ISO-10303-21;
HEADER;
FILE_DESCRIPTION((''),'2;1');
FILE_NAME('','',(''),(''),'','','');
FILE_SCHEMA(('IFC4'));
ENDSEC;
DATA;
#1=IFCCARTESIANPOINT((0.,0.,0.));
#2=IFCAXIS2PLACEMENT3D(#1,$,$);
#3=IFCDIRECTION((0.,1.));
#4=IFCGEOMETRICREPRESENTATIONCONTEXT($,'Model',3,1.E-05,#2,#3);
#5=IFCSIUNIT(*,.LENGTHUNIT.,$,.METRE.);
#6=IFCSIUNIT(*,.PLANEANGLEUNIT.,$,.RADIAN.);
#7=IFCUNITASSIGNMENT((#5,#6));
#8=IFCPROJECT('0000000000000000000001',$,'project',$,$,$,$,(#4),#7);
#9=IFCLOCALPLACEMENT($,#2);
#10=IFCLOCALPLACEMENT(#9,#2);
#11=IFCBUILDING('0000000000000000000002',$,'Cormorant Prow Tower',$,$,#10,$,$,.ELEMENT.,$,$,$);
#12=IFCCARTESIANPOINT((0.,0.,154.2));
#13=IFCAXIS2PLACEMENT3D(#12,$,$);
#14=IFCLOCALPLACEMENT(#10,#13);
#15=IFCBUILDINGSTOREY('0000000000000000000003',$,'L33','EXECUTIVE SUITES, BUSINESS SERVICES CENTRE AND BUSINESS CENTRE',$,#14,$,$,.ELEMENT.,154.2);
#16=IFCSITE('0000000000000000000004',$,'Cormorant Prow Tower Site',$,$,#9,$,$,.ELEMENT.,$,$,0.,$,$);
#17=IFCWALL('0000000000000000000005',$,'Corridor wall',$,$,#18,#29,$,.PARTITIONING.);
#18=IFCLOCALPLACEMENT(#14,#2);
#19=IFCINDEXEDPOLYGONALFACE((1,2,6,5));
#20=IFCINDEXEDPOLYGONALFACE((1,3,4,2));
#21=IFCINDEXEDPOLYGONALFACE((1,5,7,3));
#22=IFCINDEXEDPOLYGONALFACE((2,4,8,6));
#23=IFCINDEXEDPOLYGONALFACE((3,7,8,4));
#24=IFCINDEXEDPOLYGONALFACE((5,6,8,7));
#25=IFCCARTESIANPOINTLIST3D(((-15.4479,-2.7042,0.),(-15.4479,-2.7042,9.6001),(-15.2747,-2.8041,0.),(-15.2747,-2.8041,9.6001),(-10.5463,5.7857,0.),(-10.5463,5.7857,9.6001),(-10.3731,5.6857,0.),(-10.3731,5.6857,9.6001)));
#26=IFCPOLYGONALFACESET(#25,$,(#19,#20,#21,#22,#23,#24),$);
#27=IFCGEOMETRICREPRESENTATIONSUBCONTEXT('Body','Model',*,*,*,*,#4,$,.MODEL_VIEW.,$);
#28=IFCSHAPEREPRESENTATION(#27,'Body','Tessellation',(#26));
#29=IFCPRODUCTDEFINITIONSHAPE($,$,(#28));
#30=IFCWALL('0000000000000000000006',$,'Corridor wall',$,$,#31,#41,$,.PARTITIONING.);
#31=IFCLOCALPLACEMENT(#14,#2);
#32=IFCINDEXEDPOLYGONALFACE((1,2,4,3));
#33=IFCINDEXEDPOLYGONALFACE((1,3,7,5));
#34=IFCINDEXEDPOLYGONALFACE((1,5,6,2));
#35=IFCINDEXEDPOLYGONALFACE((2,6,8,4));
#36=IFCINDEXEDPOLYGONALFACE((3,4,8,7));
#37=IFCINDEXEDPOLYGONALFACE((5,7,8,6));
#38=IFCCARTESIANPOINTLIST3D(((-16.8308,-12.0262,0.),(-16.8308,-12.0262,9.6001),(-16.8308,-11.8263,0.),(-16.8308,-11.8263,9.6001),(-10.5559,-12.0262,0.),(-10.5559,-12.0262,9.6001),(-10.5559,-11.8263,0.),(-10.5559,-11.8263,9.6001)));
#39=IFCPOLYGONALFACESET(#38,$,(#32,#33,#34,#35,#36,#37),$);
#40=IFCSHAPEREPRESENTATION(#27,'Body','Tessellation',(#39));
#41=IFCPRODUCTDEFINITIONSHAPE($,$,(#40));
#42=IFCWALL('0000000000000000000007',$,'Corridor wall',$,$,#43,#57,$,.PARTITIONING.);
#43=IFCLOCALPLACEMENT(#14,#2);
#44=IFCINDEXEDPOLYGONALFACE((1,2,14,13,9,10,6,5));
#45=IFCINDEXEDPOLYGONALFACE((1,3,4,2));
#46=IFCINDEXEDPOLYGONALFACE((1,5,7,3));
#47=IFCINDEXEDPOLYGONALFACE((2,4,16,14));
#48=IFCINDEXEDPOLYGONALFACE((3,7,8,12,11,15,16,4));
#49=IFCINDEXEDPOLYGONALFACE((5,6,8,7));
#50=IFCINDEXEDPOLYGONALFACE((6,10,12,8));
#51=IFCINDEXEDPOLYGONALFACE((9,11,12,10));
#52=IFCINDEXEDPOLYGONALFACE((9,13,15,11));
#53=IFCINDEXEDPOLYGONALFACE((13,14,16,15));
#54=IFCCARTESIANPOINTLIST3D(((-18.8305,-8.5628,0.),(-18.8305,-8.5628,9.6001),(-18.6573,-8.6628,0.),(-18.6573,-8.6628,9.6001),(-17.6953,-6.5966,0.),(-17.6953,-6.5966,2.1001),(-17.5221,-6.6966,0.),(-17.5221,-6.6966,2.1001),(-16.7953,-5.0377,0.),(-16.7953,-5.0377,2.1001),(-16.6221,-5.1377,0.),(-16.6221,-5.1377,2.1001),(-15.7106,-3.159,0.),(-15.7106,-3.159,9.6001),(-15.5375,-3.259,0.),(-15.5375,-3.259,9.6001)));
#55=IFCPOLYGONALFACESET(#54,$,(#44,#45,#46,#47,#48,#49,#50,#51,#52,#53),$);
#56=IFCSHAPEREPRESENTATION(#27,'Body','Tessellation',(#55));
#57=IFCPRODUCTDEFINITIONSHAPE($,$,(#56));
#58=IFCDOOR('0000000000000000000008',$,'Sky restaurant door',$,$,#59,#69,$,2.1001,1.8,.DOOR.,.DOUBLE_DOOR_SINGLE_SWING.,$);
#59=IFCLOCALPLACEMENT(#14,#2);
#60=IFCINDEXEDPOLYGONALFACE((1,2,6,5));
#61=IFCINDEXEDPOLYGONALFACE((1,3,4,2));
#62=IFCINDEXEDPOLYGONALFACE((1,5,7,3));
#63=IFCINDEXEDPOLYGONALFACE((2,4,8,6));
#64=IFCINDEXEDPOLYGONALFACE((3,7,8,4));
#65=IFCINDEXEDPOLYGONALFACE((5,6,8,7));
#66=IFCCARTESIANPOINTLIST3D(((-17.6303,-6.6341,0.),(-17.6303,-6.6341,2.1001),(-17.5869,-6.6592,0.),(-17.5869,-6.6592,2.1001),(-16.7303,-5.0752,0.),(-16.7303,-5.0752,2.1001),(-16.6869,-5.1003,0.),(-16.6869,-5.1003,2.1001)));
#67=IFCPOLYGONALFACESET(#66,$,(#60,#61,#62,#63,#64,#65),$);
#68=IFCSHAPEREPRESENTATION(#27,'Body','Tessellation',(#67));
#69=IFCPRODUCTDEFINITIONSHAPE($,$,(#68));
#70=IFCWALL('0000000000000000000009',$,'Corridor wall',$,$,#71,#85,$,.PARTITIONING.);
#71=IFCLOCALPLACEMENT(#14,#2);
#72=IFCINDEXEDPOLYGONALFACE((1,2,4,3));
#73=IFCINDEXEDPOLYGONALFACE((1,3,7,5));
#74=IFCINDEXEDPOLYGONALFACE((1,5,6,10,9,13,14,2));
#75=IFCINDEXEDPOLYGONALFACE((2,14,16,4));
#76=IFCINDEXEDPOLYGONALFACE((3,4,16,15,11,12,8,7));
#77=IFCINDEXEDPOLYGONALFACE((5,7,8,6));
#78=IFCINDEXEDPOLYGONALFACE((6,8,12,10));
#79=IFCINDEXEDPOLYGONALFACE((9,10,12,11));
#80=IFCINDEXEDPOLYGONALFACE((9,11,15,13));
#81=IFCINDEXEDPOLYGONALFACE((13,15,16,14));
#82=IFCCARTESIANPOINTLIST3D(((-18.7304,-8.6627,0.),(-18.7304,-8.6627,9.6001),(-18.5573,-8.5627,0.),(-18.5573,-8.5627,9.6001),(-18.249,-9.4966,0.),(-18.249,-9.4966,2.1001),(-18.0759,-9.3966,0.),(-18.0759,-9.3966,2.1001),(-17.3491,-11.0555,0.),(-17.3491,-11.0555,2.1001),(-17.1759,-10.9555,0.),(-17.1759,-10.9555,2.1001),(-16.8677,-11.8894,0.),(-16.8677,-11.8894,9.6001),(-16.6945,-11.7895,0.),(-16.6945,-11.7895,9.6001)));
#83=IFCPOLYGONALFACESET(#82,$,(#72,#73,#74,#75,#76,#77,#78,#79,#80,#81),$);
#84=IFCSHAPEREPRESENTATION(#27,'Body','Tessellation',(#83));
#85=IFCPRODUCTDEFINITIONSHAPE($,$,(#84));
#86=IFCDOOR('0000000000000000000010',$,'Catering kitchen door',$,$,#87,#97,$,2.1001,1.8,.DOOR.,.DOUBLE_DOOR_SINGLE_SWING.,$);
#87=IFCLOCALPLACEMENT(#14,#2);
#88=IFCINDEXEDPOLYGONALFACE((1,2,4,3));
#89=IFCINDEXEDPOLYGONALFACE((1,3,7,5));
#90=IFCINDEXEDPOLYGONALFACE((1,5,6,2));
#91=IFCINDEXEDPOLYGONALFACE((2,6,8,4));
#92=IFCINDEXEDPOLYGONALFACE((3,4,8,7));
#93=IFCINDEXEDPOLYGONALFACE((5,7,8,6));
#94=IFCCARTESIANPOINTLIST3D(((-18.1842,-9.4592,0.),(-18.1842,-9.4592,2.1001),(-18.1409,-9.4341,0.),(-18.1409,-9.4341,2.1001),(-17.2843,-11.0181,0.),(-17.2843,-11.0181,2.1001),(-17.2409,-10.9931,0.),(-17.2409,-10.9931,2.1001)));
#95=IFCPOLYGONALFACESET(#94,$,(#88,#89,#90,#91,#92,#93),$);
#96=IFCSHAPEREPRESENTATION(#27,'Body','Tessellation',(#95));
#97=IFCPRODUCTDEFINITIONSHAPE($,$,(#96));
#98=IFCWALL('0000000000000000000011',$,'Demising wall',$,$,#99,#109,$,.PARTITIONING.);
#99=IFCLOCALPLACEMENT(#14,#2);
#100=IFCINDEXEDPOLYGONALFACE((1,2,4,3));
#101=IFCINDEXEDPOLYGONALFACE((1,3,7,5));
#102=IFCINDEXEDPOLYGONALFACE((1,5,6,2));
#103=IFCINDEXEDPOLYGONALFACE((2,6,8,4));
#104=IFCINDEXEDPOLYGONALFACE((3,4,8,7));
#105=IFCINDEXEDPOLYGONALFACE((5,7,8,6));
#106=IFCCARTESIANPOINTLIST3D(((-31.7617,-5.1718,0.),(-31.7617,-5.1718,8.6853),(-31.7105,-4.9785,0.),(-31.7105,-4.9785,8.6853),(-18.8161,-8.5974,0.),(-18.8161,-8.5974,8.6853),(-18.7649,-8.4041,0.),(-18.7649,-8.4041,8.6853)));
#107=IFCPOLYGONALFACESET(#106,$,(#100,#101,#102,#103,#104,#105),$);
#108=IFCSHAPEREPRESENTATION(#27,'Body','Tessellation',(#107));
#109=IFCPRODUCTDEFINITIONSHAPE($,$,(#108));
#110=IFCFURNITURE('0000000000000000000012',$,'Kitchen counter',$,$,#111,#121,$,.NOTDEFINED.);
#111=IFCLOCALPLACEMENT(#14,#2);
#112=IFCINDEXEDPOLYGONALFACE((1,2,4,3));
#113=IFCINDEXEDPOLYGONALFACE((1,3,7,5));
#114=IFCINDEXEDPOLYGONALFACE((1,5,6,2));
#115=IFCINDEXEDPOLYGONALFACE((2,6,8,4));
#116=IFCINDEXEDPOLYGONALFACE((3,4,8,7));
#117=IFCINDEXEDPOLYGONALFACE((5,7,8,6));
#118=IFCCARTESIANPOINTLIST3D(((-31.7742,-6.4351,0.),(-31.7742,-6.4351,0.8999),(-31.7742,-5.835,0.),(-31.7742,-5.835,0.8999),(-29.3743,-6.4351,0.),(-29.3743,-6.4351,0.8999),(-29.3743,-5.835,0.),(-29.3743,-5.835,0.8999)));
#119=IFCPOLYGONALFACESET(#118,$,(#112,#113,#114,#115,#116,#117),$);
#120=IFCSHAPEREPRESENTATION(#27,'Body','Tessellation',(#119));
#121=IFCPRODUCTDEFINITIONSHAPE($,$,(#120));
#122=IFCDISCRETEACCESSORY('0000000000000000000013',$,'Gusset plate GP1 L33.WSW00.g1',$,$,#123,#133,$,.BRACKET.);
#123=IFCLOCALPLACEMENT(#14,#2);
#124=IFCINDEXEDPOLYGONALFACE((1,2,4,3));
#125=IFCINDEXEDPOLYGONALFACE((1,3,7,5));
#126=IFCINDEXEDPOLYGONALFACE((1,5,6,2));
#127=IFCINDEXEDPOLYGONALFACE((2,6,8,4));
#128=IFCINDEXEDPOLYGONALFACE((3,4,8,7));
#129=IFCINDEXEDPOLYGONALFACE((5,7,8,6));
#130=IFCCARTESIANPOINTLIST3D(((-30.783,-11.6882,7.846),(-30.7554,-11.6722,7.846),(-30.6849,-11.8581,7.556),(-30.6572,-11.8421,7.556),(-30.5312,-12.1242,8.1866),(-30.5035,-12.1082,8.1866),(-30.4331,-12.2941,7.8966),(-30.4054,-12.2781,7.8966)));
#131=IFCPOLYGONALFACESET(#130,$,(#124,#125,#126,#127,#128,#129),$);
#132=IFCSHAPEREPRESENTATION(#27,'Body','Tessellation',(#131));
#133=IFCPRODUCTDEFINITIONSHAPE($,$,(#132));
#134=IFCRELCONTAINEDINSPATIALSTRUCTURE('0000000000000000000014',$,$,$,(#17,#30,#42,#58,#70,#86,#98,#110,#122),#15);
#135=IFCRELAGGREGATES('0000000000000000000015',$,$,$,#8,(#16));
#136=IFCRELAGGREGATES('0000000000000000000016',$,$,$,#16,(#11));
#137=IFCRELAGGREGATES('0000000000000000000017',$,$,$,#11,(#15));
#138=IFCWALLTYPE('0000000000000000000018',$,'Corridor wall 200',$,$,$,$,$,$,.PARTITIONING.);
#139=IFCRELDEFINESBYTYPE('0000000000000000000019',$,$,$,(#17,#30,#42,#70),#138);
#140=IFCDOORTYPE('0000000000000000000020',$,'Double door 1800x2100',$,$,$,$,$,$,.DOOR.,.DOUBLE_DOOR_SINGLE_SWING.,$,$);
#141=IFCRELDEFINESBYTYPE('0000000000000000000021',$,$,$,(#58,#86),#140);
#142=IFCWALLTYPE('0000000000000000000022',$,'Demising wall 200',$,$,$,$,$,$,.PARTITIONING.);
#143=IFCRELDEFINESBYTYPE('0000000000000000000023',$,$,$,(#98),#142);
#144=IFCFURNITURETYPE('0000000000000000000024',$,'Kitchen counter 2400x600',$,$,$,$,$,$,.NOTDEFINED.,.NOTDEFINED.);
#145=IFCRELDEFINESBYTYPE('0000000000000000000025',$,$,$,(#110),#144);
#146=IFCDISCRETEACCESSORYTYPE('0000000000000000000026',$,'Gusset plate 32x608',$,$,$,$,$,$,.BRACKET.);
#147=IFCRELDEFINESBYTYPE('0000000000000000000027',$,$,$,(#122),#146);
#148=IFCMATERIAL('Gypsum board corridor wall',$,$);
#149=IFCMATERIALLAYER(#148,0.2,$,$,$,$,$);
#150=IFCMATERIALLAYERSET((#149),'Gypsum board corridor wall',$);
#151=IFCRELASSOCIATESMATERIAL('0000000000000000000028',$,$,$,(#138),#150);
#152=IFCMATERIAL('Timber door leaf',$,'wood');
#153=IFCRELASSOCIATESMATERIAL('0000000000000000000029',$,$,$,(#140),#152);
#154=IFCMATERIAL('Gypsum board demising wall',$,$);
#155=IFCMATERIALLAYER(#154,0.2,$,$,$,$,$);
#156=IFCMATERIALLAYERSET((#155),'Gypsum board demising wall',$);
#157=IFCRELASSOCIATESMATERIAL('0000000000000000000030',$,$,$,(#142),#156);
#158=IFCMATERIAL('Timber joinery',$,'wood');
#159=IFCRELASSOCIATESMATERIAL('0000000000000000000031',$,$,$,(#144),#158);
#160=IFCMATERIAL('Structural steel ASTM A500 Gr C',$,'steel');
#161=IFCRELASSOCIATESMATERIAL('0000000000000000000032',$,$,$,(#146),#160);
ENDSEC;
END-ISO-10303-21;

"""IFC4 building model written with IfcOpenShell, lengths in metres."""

from ifc_helpers import new_model, si_unit, direction, frame, frame_2d, origin, origin_2d, place, context, subcontext, project, spatial, rectangle, extrude, material, layer, layer_set, material_profile, profile_set, type_object, element, fill, save


model = new_model("IFC4")

# Units and contexts
model_context = context("Model", 3, precision=1e-05, world=origin(), true_north=direction((0.0, 1.0)))
body_context = subcontext(model_context, "Body", "Model", "MODEL_VIEW")
ifc_project = project(units=[si_unit("LENGTHUNIT", "METRE"), si_unit("PLANEANGLEUNIT", "RADIAN")], contexts=[model_context])

# Site, building, storey
site_placement = place(None, origin())
site = spatial("IfcSite", under=ifc_project, at=site_placement, Name="Cormorant Prow Tower Site", CompositionType="ELEMENT", RefElevation=0.0)
building_placement = place(site_placement, origin())
building = spatial("IfcBuilding", under=site, at=building_placement, Name="Cormorant Prow Tower", CompositionType="ELEMENT")
storey_placement = place(building_placement, frame((0.0, 0.0, 154.2)))
storey = spatial("IfcBuildingStorey", under=building, at=storey_placement, Name="L33", Description="EXECUTIVE SUITES, BUSINESS SERVICES CENTRE AND BUSINESS CENTRE", CompositionType="ELEMENT", Elevation=154.2)

# Walls
ifc_material_1 = material(Name="Gypsum board corridor wall")
ifc_layer_1 = layer(ifc_material_1, 0.2)
ifc_layer_set_1 = layer_set([ifc_layer_1], Name="Gypsum board corridor wall")
wall_type_1 = type_object("IfcWallType", Name="Corridor wall 200", PredefinedType="PARTITIONING", material=ifc_layer_set_1)
wall_1_placement = place(storey_placement, frame((-15.3613, -2.7542, 0.0), z_axis=(0.0, 0.0, 1.0), x_axis=(0.500004, 0.866023, 0.0)))
element("IfcWall", 1, at=wall_1_placement, inside=storey, type_object=wall_type_1, Name="Corridor wall", PredefinedType="PARTITIONING", context=body_context, shape_type="SweptSolid", body=[
    extrude(rectangle(XDim=9.8032, YDim=0.2, at=frame_2d((4.9016, 0.0))), origin(), (0.0, 0.0, 1.0), 9.6001),
])
wall_2_placement = place(storey_placement, frame((-16.8308, -11.9263, 0.0), z_axis=(0.0, 0.0, 1.0), x_axis=(1.0, 0.0, 0.0)))
element("IfcWall", 2, at=wall_2_placement, inside=storey, type_object=wall_type_1, Name="Corridor wall", PredefinedType="PARTITIONING", context=body_context, shape_type="SweptSolid", body=[
    extrude(rectangle(XDim=6.2749, YDim=0.2, at=frame_2d((3.1375, 0.0))), origin(), (0.0, 0.0, 1.0), 9.6001),
])

# Walls, openings, doors
wall_3_placement = place(storey_placement, frame((-18.7439, -8.6128, 0.0), z_axis=(0.0, 0.0, 1.0), x_axis=(0.499998, 0.866027, 0.0)))
wall_3 = element("IfcWall", 3, at=wall_3_placement, inside=storey, type_object=wall_type_1, Name="Corridor wall", PredefinedType="PARTITIONING", context=body_context, shape_type="SweptSolid", body=[
    extrude(rectangle(XDim=6.2397, YDim=0.2, at=frame_2d((3.1199, 0.0))), origin(), (0.0, 0.0, 1.0), 9.6001),
])
opening_1_placement = place(wall_3_placement, frame((2.2705, 0.0, 0.0)))
opening_1 = element("IfcOpeningElement", 4, at=opening_1_placement, cuts=wall_3, PredefinedType="OPENING", context=body_context, shape_type="SweptSolid", body=[
    extrude(rectangle(XDim=1.8, YDim=2.1001, at=frame_2d((0.8999, 1.05))), frame((0.0, 0.1099, 0.0), z_axis=(0.0, -1.0, 0.0), x_axis=(1.0, 0.0, 0.0)), (0.0, 0.0, 1.0), 0.22),
])
ifc_material_2 = material(Name="Timber door leaf", Category="wood")
door_type = type_object("IfcDoorType", Name="Double door 1800x2100", OperationType="DOUBLE_DOOR_SINGLE_SWING", PredefinedType="DOOR", material=ifc_material_2)
door_1_placement = place(opening_1_placement, origin())
door_1 = element("IfcDoor", 5, at=door_1_placement, inside=storey, type_object=door_type, Name="Sky restaurant door", OperationType="DOUBLE_DOOR_SINGLE_SWING", OverallHeight=2.1001, OverallWidth=1.8, PredefinedType="DOOR", context=body_context, shape_type="SweptSolid", body=[
    extrude(rectangle(XDim=1.8, YDim=2.1001, at=frame_2d((0.8999, 1.05))), frame((0.0, 0.0249, 0.0), z_axis=(0.0, -1.0, 0.0), x_axis=(1.0, 0.0, 0.0)), (0.0, 0.0, 1.0), 0.05),
])
fill(opening_1, door_1)
wall_4_placement = place(storey_placement, frame((-18.6438, -8.6128, 0.0), z_axis=(0.0, 0.0, 1.0), x_axis=(0.499959, -0.866049, 0.0)))
wall_4 = element("IfcWall", 6, at=wall_4_placement, inside=storey, type_object=wall_type_1, Name="Corridor wall", PredefinedType="PARTITIONING", context=body_context, shape_type="SweptSolid", body=[
    extrude(rectangle(XDim=3.7258, YDim=0.2, at=frame_2d((1.8628, 0.0))), origin(), (0.0, 0.0, 1.0), 9.6001),
])
opening_2_placement = place(wall_4_placement, frame((0.9629, 0.0, 0.0)))
opening_2 = element("IfcOpeningElement", 7, at=opening_2_placement, cuts=wall_4, PredefinedType="OPENING", context=body_context, shape_type="SweptSolid", body=[
    extrude(rectangle(XDim=1.8, YDim=2.1001, at=frame_2d((0.8999, 1.05))), frame((0.0, 0.1099, 0.0), z_axis=(0.0, -1.0, 0.0), x_axis=(1.0, 0.0, 0.0)), (0.0, 0.0, 1.0), 0.22),
])
door_2_placement = place(opening_2_placement, origin())
door_2 = element("IfcDoor", 8, at=door_2_placement, inside=storey, type_object=door_type, Name="Catering kitchen door", OperationType="DOUBLE_DOOR_SINGLE_SWING", OverallHeight=2.1001, OverallWidth=1.8, PredefinedType="DOOR", context=body_context, shape_type="SweptSolid", body=[
    extrude(rectangle(XDim=1.8, YDim=2.1001, at=frame_2d((0.8999, 1.05))), frame((0.0, 0.0249, 0.0), z_axis=(0.0, -1.0, 0.0), x_axis=(1.0, 0.0, 0.0)), (0.0, 0.0, 1.0), 0.05),
])
fill(opening_2, door_2)

# Wall
ifc_material_3 = material(Name="Gypsum board demising wall")
ifc_layer_2 = layer(ifc_material_3, 0.2)
ifc_layer_set_2 = layer_set([ifc_layer_2], Name="Gypsum board demising wall")
wall_type_2 = type_object("IfcWallType", Name="Demising wall 200", PredefinedType="PARTITIONING", material=ifc_layer_set_2)
wall_5_placement = place(storey_placement, frame((-31.7361, -5.0752, 0.0), z_axis=(0.0, 0.0, 1.0), x_axis=(0.966728, -0.255807, 0.0)))
element("IfcWall", 9, at=wall_5_placement, inside=storey, type_object=wall_type_2, Name="Demising wall", PredefinedType="PARTITIONING", context=body_context, shape_type="SweptSolid", body=[
    extrude(rectangle(XDim=13.3911, YDim=0.2, at=frame_2d((6.6956, 0.0))), origin(), (0.0, 0.0, 1.0), 8.6853),
])

# Furniture
ifc_material_4 = material(Name="Timber joinery", Category="wood")
furniture_type = type_object("IfcFurnitureType", Name="Kitchen counter 2400x600", AssemblyPlace="NOTDEFINED", PredefinedType="NOTDEFINED", material=ifc_material_4)
furniture_placement = place(storey_placement, frame((-30.5742, -6.135, 0.0), z_axis=(0.0, 0.0, 1.0), x_axis=(1.0, 0.0, 0.0)))
element("IfcFurniture", 10, at=furniture_placement, inside=storey, type_object=furniture_type, Name="Kitchen counter", PredefinedType="NOTDEFINED", context=body_context, shape_type="SweptSolid", body=[
    extrude(rectangle(XDim=2.3999, YDim=0.6001, at=origin_2d()), origin(), (0.0, 0.0, 1.0), 0.8999),
])

# Discrete accessory
ifc_material_5 = material(Name="Structural steel ASTM A500 Gr C", Category="steel")
ifc_material_profile_1 = material_profile(ifc_material_5, rectangle(XDim=0.032, YDim=0.6079, at=origin_2d()), Name="Gusset plate 32x608")
ifc_profile_set_1 = profile_set([ifc_material_profile_1], Name="Structural steel ASTM A500 Gr C")
discrete_accessory_type = type_object("IfcDiscreteAccessoryType", Name="Gusset plate 32x608", PredefinedType="BRACKET", material=ifc_profile_set_1)
discrete_accessory_placement = place(storey_placement, frame((-30.5452, -12.0681, 7.7263), z_axis=(-0.280266, 0.485237, 0.828249), x_axis=(-0.865937, -0.500153, 0.0)))
element("IfcDiscreteAccessory", 11, at=discrete_accessory_placement, inside=storey, type_object=discrete_accessory_type, Name="Gusset plate GP1 L33.WSW00.g1", PredefinedType="BRACKET", context=body_context, shape_type="SweptSolid", body=[
    extrude(rectangle(XDim=0.032, YDim=0.6079, at=origin_2d()), origin(), (0.0, 0.0, 1.0), 0.3501),
])

save(model, "model.ifc")
